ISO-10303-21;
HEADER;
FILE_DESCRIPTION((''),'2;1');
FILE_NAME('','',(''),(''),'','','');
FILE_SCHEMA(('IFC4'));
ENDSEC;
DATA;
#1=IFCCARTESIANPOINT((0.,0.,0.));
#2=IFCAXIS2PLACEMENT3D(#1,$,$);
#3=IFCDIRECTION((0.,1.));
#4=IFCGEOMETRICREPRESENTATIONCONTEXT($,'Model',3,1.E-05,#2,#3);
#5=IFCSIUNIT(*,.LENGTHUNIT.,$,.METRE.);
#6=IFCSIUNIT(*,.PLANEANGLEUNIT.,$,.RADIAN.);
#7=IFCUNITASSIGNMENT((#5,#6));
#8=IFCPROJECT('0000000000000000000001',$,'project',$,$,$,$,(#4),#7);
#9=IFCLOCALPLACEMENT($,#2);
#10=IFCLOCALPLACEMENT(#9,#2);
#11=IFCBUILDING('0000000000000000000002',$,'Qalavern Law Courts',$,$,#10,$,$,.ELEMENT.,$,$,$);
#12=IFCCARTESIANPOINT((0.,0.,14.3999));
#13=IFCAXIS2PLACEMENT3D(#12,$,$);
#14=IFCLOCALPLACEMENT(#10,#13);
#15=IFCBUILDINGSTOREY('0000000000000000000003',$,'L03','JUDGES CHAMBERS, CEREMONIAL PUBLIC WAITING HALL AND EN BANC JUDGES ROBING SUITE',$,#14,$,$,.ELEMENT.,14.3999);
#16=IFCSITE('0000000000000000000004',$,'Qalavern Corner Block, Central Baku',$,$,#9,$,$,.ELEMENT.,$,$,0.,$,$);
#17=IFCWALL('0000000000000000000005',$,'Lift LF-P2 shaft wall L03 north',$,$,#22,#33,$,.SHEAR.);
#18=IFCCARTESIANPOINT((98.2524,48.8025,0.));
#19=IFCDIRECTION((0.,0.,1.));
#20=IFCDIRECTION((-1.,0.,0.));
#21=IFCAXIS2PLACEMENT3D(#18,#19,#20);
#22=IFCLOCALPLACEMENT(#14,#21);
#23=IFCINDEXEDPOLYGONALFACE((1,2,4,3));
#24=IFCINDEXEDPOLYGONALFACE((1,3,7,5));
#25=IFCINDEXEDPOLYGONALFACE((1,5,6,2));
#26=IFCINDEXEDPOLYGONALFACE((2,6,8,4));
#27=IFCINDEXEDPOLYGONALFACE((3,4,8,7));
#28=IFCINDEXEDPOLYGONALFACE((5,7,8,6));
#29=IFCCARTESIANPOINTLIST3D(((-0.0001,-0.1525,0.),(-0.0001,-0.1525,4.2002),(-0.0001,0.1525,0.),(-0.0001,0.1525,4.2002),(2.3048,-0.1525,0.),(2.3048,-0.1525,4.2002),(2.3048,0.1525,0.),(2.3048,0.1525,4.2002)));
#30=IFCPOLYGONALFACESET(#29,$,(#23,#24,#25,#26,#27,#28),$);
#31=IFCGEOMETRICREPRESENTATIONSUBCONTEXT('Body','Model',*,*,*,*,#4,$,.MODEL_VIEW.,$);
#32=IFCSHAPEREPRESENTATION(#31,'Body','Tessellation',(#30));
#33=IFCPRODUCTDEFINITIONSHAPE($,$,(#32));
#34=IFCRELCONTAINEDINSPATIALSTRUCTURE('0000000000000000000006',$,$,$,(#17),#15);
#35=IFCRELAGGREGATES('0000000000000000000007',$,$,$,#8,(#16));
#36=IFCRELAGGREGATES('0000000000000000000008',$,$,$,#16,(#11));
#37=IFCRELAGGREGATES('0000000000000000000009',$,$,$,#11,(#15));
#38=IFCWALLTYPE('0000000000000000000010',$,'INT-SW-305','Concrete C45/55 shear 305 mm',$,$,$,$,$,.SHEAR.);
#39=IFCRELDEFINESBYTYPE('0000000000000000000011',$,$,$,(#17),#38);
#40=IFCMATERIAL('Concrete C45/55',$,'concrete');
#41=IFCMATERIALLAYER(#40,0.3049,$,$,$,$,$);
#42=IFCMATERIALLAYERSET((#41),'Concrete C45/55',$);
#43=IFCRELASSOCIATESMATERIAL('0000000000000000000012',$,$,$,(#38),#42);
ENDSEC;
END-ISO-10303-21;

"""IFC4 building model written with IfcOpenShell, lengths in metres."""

from ifc_helpers import new_model, si_unit, direction, frame, frame_2d, origin, place, context, subcontext, project, spatial, rectangle, extrude, material, layer, layer_set, type_object, element, save


model = new_model("IFC4")

# Units and contexts
model_context = context("Model", 3, precision=1e-05, world=origin(), true_north=direction((0.0, 1.0)))
body_context = subcontext(model_context, "Body", "Model", "MODEL_VIEW")
ifc_project = project(units=[si_unit("LENGTHUNIT", "METRE"), si_unit("PLANEANGLEUNIT", "RADIAN")], contexts=[model_context])

# Site, building, storey
site_placement = place(None, origin())
site = spatial("IfcSite", under=ifc_project, at=site_placement, Name="Qalavern Corner Block, Central Baku", CompositionType="ELEMENT", RefElevation=0.0)
building_placement = place(site_placement, origin())
building = spatial("IfcBuilding", under=site, at=building_placement, Name="Qalavern Law Courts", CompositionType="ELEMENT")
storey_placement = place(building_placement, frame((0.0, 0.0, 14.3999)))
storey = spatial("IfcBuildingStorey", under=building, at=storey_placement, Name="L03", Description="JUDGES CHAMBERS, CEREMONIAL PUBLIC WAITING HALL AND EN BANC JUDGES ROBING SUITE", CompositionType="ELEMENT", Elevation=14.3999)

# Shared definitions
ifc_material_1 = material(Name="Concrete C45/55", Category="concrete")

# Wall
ifc_layer_1 = layer(ifc_material_1, 0.3049)
ifc_layer_set_1 = layer_set([ifc_layer_1], Name="Concrete C45/55")
wall_type_1 = type_object("IfcWallType", Name="INT-SW-305", Description="Concrete C45/55 shear 305 mm", PredefinedType="SHEAR", material=ifc_layer_set_1)
for number, where, z_axis, x_axis, name in (
    (1, (98.2524, 48.8025, 0.0), (0.0, 0.0, 1.0), (-1.0, 0.0, 0.0), "Lift LF-P2 shaft wall L03 north"),
):
    element("IfcWall", number, at=place(storey_placement, frame(where, z_axis=z_axis, x_axis=x_axis)), inside=storey, type_object=wall_type_1, Name=name, PredefinedType="SHEAR", context=body_context, shape_type="SweptSolid", body=[
        extrude(rectangle(XDim=2.3049, YDim=0.3049, at=frame_2d((1.1523, 0.0))), origin(), (0.0, 0.0, 1.0), 4.2002),
    ])

save(model, "model.ifc")
